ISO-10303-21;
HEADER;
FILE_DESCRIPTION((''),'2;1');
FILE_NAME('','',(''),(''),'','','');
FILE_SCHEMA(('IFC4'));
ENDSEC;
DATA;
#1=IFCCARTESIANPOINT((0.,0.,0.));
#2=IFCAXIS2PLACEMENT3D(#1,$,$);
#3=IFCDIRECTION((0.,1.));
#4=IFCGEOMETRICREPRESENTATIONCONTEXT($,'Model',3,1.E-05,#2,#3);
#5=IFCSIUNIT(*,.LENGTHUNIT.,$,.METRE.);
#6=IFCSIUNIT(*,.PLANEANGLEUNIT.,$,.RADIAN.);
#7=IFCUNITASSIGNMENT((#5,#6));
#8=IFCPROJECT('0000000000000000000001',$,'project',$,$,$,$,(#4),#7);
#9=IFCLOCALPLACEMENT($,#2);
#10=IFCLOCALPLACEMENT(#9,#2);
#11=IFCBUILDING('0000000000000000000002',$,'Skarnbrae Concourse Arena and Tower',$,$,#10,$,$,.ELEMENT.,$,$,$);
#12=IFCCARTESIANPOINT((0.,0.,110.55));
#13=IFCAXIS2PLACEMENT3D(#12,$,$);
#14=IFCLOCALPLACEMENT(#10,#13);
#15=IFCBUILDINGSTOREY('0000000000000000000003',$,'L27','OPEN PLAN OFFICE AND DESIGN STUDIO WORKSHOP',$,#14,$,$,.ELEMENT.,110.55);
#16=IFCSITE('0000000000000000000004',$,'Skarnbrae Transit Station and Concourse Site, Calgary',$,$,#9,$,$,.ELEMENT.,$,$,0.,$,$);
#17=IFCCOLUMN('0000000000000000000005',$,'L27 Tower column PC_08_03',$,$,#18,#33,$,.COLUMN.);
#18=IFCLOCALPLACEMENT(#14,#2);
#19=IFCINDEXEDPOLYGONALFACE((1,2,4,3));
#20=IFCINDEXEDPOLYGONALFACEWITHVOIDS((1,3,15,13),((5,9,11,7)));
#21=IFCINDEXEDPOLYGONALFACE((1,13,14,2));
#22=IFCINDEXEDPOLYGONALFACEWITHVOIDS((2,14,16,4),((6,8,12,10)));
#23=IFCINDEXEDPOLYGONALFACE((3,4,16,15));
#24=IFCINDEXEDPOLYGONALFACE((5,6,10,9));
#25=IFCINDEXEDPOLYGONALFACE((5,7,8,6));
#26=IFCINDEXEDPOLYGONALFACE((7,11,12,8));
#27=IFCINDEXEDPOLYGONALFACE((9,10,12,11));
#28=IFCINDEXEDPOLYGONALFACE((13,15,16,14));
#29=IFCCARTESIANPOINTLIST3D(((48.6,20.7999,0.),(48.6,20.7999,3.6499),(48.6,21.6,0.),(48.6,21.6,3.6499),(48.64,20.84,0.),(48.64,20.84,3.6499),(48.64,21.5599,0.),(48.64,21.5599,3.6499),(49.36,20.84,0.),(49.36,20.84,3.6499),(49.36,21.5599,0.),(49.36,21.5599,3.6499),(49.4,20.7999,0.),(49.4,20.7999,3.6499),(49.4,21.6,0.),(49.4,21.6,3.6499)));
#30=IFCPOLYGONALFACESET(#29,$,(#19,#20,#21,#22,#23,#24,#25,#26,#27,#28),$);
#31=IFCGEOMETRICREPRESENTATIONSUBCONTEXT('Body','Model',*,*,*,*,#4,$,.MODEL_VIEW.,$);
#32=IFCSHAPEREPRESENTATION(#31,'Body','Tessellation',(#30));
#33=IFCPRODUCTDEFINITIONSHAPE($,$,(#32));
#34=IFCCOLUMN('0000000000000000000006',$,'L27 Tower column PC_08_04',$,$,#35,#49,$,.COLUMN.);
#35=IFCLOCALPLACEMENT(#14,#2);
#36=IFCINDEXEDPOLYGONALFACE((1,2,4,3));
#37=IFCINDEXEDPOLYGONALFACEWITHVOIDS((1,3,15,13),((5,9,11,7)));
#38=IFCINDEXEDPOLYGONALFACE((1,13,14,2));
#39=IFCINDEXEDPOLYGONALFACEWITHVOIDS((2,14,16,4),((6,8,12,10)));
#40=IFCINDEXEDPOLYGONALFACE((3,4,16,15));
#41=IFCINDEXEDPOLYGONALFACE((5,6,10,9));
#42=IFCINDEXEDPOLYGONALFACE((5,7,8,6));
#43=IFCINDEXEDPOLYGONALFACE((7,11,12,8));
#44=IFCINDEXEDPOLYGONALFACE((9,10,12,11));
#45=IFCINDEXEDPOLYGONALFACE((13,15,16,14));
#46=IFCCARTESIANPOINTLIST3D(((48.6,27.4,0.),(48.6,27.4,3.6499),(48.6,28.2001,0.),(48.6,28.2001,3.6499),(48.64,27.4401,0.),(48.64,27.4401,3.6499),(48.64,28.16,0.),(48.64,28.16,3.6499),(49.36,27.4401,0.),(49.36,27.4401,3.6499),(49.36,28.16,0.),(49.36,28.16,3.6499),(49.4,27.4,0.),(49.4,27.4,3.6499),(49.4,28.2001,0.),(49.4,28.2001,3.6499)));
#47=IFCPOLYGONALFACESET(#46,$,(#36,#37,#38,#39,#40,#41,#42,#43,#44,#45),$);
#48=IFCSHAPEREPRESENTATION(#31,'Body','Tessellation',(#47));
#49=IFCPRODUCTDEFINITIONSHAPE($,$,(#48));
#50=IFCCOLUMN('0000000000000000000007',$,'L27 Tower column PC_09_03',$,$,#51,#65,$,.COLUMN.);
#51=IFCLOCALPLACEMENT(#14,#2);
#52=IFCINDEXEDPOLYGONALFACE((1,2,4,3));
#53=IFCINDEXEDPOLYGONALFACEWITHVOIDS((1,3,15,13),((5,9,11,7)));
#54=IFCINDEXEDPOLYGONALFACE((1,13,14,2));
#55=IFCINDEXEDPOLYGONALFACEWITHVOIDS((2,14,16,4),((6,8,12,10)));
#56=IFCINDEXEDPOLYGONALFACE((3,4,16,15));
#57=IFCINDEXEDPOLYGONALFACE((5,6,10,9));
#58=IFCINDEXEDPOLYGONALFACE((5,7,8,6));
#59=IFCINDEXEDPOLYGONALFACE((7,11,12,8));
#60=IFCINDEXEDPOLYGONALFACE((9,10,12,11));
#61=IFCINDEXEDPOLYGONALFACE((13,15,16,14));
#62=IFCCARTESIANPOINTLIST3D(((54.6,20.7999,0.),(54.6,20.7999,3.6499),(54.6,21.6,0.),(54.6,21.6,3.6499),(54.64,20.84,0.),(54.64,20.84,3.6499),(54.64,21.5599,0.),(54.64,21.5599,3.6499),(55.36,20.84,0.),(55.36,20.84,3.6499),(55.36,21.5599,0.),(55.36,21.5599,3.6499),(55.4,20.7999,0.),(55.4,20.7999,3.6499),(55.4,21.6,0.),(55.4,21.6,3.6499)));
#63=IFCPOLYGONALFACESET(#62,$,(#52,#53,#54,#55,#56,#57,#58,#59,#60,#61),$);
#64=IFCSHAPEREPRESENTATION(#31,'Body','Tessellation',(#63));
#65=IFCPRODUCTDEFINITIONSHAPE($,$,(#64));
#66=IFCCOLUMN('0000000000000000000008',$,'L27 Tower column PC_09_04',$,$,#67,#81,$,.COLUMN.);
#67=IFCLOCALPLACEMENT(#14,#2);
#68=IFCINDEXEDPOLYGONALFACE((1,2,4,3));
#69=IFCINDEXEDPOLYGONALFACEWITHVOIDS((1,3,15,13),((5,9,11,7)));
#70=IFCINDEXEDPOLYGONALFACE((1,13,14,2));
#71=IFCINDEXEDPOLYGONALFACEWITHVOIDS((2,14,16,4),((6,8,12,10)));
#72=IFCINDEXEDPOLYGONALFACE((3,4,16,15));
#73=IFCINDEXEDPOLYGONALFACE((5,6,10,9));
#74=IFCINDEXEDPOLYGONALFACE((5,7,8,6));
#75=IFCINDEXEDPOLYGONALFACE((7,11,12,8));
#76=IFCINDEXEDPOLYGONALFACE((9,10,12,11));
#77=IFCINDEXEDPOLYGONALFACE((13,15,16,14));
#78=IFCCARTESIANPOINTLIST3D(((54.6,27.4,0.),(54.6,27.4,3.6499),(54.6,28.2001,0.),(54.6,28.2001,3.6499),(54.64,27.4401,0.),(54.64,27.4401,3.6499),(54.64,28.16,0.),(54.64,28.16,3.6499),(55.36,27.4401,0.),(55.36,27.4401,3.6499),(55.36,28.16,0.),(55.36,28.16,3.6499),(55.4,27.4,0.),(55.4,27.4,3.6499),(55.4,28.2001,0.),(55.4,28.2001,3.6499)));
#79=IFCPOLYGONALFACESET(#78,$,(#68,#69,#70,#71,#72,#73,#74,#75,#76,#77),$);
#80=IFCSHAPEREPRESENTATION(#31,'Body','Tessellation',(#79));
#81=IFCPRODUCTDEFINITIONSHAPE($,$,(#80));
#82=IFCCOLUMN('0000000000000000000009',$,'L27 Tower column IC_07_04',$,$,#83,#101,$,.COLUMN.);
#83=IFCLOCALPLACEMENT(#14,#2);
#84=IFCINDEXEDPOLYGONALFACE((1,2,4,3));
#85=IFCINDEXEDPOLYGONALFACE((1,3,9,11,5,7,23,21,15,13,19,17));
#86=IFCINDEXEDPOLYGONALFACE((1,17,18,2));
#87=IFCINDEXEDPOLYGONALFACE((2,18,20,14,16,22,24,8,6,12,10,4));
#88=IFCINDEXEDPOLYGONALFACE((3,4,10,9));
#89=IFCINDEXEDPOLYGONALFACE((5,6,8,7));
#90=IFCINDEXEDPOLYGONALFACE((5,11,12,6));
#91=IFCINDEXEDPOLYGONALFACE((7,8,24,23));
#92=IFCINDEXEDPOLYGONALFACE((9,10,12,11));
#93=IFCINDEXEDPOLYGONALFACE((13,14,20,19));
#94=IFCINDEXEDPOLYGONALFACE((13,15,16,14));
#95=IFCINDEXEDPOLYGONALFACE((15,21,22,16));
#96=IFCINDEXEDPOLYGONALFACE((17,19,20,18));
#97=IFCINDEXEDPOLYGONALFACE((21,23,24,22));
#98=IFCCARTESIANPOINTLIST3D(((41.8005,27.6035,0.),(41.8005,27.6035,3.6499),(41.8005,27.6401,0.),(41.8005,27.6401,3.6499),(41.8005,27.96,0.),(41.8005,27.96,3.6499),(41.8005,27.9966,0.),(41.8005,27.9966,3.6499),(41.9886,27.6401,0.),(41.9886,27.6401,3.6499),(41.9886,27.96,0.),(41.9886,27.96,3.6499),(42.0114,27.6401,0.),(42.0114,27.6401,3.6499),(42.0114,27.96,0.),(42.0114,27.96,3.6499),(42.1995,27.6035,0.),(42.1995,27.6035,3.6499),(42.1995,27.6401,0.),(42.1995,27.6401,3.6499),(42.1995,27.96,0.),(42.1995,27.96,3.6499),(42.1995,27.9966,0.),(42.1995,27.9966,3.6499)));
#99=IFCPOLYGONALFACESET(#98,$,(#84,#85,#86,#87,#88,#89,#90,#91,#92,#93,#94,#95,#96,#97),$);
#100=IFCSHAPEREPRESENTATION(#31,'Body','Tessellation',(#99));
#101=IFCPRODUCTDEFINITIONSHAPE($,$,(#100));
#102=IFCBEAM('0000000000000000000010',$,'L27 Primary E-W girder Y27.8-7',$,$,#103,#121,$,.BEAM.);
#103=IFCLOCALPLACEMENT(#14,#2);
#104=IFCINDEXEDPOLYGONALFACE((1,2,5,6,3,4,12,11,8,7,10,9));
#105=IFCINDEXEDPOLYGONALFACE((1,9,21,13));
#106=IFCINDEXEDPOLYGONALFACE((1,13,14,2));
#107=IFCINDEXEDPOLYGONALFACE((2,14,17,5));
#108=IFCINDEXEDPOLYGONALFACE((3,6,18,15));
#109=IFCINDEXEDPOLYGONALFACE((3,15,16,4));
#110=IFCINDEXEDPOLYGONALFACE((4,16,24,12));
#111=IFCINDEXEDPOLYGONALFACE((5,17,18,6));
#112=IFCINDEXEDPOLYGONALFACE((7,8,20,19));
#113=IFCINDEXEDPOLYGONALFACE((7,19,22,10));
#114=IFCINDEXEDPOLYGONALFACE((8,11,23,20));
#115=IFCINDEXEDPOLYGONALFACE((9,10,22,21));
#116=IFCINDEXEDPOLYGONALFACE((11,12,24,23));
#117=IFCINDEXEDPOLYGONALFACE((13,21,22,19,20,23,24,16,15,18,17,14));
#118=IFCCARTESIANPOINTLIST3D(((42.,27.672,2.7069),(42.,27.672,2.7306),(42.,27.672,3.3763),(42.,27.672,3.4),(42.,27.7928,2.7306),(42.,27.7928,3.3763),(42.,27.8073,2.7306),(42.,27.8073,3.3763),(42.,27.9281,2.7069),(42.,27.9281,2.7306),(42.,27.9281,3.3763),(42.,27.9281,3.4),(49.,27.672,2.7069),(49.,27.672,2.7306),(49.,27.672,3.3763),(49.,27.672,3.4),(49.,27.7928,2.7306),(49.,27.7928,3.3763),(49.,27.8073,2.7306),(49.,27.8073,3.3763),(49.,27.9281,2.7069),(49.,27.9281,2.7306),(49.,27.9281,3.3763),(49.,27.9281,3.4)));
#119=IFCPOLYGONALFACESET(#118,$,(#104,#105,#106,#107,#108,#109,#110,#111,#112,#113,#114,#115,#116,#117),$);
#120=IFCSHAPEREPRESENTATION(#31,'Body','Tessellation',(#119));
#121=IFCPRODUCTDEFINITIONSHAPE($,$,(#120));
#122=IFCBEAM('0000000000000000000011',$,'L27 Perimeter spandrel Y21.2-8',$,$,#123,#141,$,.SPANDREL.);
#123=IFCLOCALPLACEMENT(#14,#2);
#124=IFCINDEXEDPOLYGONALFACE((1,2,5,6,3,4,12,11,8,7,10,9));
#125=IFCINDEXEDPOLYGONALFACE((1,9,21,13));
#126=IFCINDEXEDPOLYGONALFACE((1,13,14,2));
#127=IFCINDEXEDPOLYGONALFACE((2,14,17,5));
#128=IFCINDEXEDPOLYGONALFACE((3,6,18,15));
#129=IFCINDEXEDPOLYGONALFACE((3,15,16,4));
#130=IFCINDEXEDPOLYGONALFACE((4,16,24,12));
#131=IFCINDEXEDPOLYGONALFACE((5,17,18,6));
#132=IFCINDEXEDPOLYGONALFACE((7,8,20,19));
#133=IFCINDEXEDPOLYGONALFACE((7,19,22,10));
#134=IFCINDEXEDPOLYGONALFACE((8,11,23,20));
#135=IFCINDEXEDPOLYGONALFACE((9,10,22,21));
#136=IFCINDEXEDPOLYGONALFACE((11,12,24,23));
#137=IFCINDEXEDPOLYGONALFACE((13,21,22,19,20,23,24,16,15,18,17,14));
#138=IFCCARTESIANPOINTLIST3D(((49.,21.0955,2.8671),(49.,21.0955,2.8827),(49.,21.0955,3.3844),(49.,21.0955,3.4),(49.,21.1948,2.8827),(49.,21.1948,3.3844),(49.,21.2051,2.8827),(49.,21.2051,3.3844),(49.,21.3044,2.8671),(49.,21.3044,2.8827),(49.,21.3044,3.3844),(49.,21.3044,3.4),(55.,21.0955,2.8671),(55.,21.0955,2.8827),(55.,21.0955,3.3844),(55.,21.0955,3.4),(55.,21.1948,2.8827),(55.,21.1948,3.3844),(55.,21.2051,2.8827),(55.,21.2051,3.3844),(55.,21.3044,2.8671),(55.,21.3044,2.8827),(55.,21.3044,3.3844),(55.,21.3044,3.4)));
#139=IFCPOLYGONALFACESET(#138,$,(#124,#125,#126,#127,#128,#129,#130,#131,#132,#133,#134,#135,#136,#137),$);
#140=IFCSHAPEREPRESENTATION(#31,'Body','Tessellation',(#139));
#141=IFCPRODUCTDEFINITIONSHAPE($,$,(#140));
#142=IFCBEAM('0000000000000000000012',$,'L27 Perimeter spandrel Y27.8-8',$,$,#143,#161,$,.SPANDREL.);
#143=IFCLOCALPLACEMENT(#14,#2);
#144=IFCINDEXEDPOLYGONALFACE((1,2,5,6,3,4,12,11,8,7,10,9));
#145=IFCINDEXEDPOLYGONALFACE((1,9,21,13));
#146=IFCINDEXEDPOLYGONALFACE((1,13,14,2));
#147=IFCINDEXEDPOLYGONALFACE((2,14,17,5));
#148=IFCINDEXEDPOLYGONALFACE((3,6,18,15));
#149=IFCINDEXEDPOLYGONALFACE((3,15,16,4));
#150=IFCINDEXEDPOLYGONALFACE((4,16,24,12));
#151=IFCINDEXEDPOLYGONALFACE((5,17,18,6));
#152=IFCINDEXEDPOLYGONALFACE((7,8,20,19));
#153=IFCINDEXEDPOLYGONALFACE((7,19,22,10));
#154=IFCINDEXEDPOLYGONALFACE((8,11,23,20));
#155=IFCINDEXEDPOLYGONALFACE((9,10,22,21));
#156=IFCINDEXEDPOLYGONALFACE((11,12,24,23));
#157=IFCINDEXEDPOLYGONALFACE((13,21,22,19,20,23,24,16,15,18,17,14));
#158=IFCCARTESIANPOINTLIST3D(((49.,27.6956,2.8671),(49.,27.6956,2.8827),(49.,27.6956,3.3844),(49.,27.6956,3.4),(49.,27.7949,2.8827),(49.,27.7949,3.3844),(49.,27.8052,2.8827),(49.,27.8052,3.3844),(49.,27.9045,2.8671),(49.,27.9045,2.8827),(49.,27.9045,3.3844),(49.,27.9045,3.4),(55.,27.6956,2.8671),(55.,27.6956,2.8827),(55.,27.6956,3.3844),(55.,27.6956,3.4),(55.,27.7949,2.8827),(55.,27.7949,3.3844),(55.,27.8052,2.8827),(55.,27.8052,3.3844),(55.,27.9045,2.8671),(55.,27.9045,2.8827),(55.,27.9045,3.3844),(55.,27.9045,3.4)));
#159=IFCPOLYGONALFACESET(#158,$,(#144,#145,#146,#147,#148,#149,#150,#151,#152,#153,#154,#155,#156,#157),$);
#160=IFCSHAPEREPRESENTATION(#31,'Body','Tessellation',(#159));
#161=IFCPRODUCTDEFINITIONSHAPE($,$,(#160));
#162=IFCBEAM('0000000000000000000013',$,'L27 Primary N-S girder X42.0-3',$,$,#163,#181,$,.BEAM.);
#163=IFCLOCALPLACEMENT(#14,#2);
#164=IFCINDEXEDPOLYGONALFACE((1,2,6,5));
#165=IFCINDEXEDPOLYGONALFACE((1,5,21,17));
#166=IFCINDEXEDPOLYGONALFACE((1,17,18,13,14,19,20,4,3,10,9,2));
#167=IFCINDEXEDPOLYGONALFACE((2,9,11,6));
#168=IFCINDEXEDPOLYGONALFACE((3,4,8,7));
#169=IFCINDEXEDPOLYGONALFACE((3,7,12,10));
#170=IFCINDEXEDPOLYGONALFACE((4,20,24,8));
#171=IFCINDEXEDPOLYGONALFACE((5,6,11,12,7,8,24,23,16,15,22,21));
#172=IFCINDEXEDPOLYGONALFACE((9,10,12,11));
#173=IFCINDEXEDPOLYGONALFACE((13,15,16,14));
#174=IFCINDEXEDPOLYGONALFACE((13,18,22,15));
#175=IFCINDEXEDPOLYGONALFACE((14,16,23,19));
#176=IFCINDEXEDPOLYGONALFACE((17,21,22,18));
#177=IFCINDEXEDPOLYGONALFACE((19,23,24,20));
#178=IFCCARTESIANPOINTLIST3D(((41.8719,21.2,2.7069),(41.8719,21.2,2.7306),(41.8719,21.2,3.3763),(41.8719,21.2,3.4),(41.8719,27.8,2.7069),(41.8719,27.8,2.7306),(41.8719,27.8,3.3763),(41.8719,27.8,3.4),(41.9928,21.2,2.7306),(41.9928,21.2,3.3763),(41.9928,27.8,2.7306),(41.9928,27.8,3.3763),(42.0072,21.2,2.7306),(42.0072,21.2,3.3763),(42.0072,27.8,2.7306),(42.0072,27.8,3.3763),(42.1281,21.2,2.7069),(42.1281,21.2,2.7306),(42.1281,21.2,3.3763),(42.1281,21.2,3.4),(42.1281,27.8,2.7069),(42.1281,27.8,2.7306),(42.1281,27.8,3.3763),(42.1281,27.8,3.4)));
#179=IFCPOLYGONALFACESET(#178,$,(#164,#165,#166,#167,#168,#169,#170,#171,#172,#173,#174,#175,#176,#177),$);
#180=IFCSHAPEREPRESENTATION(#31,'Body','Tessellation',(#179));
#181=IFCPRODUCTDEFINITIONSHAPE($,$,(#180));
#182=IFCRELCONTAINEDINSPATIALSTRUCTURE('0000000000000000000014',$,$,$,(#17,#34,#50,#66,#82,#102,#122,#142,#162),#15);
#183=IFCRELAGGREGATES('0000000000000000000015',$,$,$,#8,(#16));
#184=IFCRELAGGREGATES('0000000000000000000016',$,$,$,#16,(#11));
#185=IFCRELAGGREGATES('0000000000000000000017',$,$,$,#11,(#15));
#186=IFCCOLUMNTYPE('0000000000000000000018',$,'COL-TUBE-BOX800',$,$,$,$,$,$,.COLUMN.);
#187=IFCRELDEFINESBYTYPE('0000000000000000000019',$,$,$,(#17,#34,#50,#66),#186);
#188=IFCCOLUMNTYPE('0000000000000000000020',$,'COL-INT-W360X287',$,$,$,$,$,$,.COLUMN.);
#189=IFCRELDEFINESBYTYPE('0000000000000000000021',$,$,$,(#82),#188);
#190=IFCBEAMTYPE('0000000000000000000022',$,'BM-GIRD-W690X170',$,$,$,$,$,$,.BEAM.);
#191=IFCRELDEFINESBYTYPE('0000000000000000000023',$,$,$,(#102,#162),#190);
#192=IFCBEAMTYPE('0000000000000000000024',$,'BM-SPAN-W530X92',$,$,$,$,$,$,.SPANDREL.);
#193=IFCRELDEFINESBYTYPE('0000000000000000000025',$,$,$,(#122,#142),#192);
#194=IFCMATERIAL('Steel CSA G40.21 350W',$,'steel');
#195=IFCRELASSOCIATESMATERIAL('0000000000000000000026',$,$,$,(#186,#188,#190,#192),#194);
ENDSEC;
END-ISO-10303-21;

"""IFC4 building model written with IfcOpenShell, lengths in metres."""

from ifc_helpers import new_model, si_unit, direction, frame, origin, origin_2d, place, context, subcontext, project, spatial, hollow_rectangle, i_section, extrude, source, transform, mapped, material, material_profile, profile_set, type_object, element, save


model = new_model("IFC4")

# Units and contexts
model_context = context("Model", 3, precision=1e-05, world=origin(), true_north=direction((0.0, 1.0)))
body_context = subcontext(model_context, "Body", "Model", "MODEL_VIEW")
ifc_project = project(units=[si_unit("LENGTHUNIT", "METRE"), si_unit("PLANEANGLEUNIT", "RADIAN")], contexts=[model_context])

# Site, building, storey
site_placement = place(None, origin())
site = spatial("IfcSite", under=ifc_project, at=site_placement, Name="Skarnbrae Transit Station and Concourse Site, Calgary", CompositionType="ELEMENT", RefElevation=0.0)
building_placement = place(site_placement, origin())
building = spatial("IfcBuilding", under=site, at=building_placement, Name="Skarnbrae Concourse Arena and Tower", CompositionType="ELEMENT")
storey_placement = place(building_placement, frame((0.0, 0.0, 110.55)))
storey = spatial("IfcBuildingStorey", under=building, at=storey_placement, Name="L27", Description="OPEN PLAN OFFICE AND DESIGN STUDIO WORKSHOP", CompositionType="ELEMENT", Elevation=110.55)

# Columns
ifc_material_1 = material(Name="Steel CSA G40.21 350W", Category="steel")
ifc_material_profile_1 = material_profile(ifc_material_1, hollow_rectangle(XDim=0.8, YDim=0.8, WallThickness=0.04, at=origin_2d()), Name="BOX800X800X40")
ifc_profile_set_1 = profile_set([ifc_material_profile_1], Name="Steel CSA G40.21 350W")
column_type_1 = type_object("IfcColumnType", Name="COL-TUBE-BOX800", PredefinedType="COLUMN", material=ifc_profile_set_1)
shared_shape_1 = source(origin(), body_context, "Body", "SweptSolid", [
    extrude(hollow_rectangle(XDim=0.8, YDim=0.8, WallThickness=0.04, at=origin_2d()), origin(), (0.0, 0.0, 1.0), 3.6499),
])
for number, where, z_axis, x_axis, name in (
    (1, (49.0, 21.2, 0.0), (0.0, 0.0, 1.0), (1.0, 0.0, 0.0), "L27 Tower column PC_08_03"),
    (2, (49.0, 27.8, 0.0), (0.0, 0.0, 1.0), (1.0, 0.0, 0.0), "L27 Tower column PC_08_04"),
    (3, (55.0, 21.2, 0.0), (0.0, 0.0, 1.0), (1.0, 0.0, 0.0), "L27 Tower column PC_09_03"),
    (4, (55.0, 27.8, 0.0), (0.0, 0.0, 1.0), (1.0, 0.0, 0.0), "L27 Tower column PC_09_04"),
):
    element("IfcColumn", number, at=place(storey_placement, frame(where, z_axis=z_axis, x_axis=x_axis)), inside=storey, type_object=column_type_1, Name=name, PredefinedType="COLUMN", context=body_context, shape_type="MappedRepresentation", body=[
        mapped(shared_shape_1, transform((0.0, 0.0, 0.0))),
    ])
ifc_material_profile_2 = material_profile(ifc_material_1, i_section(OverallWidth=0.3989, OverallDepth=0.3931, WebThickness=0.0227, FlangeThickness=0.0366, at=origin_2d()), Name="W360X287")
ifc_profile_set_2 = profile_set([ifc_material_profile_2], Name="Steel CSA G40.21 350W")
column_type_2 = type_object("IfcColumnType", Name="COL-INT-W360X287", PredefinedType="COLUMN", material=ifc_profile_set_2)
shared_shape_2 = source(origin(), body_context, "Body", "SweptSolid", [
    extrude(i_section(OverallWidth=0.3989, OverallDepth=0.3931, WebThickness=0.0227, FlangeThickness=0.0366, at=origin_2d()), origin(), (0.0, 0.0, 1.0), 3.6499),
])
column_placement = place(storey_placement, frame((42.0, 27.8, 0.0), z_axis=(0.0, 0.0, 1.0), x_axis=(1.0, 0.0, 0.0)))
element("IfcColumn", 5, at=column_placement, inside=storey, type_object=column_type_2, Name="L27 Tower column IC_07_04", PredefinedType="COLUMN", context=body_context, shape_type="MappedRepresentation", body=[
    mapped(shared_shape_2, transform((0.0, 0.0, 0.0))),
])

# Beams
ifc_material_profile_3 = material_profile(ifc_material_1, i_section(OverallWidth=0.2561, OverallDepth=0.6931, WebThickness=0.0144, FlangeThickness=0.0237, at=origin_2d()), Name="W690X170")
ifc_profile_set_3 = profile_set([ifc_material_profile_3], Name="Steel CSA G40.21 350W")
beam_type_1 = type_object("IfcBeamType", Name="BM-GIRD-W690X170", PredefinedType="BEAM", material=ifc_profile_set_3)
shared_shape_3 = source(origin(), body_context, "Body", "SweptSolid", [
    extrude(i_section(OverallWidth=0.2561, OverallDepth=0.6931, WebThickness=0.0144, FlangeThickness=0.0237, at=origin_2d()), origin(), (0.0, 0.0, 1.0), 7.0),
])
beam_1_placement = place(storey_placement, frame((42.0, 27.8, 3.0535), z_axis=(1.0, 0.0, 0.0), x_axis=(0.0, 1.0, 0.0)))
element("IfcBeam", 6, at=beam_1_placement, inside=storey, type_object=beam_type_1, Name="L27 Primary E-W girder Y27.8-7", PredefinedType="BEAM", context=body_context, shape_type="MappedRepresentation", body=[
    mapped(shared_shape_3, transform((0.0, 0.0, 0.0))),
])
ifc_material_profile_4 = material_profile(ifc_material_1, i_section(OverallWidth=0.209, OverallDepth=0.533, WebThickness=0.0103, FlangeThickness=0.0156, at=origin_2d()), Name="W530X92")
ifc_profile_set_4 = profile_set([ifc_material_profile_4], Name="Steel CSA G40.21 350W")
beam_type_2 = type_object("IfcBeamType", Name="BM-SPAN-W530X92", PredefinedType="SPANDREL", material=ifc_profile_set_4)
shared_shape_4 = source(origin(), body_context, "Body", "SweptSolid", [
    extrude(i_section(OverallWidth=0.209, OverallDepth=0.533, WebThickness=0.0103, FlangeThickness=0.0156, at=origin_2d()), origin(), (0.0, 0.0, 1.0), 6.0),
])
for number, where, z_axis, x_axis, name in (
    (7, (49.0, 21.2, 3.1335), (1.0, 0.0, 0.0), (0.0, 1.0, 0.0), "L27 Perimeter spandrel Y21.2-8"),
    (8, (49.0, 27.8, 3.1335), (1.0, 0.0, 0.0), (0.0, 1.0, 0.0), "L27 Perimeter spandrel Y27.8-8"),
):
    element("IfcBeam", number, at=place(storey_placement, frame(where, z_axis=z_axis, x_axis=x_axis)), inside=storey, type_object=beam_type_2, Name=name, PredefinedType="SPANDREL", context=body_context, shape_type="MappedRepresentation", body=[
        mapped(shared_shape_4, transform((0.0, 0.0, 0.0))),
    ])
shared_shape_5 = source(origin(), body_context, "Body", "SweptSolid", [
    extrude(i_section(OverallWidth=0.2561, OverallDepth=0.6931, WebThickness=0.0144, FlangeThickness=0.0237, at=origin_2d()), origin(), (0.0, 0.0, 1.0), 6.6001),
])
beam_2_placement = place(storey_placement, frame((42.0, 21.2, 3.0535), z_axis=(0.0, 1.0, 0.0), x_axis=(-1.0, 0.0, 0.0)))
element("IfcBeam", 9, at=beam_2_placement, inside=storey, type_object=beam_type_1, Name="L27 Primary N-S girder X42.0-3", PredefinedType="BEAM", context=body_context, shape_type="MappedRepresentation", body=[
    mapped(shared_shape_5, transform((0.0, 0.0, 0.0))),
])

save(model, "model.ifc")
